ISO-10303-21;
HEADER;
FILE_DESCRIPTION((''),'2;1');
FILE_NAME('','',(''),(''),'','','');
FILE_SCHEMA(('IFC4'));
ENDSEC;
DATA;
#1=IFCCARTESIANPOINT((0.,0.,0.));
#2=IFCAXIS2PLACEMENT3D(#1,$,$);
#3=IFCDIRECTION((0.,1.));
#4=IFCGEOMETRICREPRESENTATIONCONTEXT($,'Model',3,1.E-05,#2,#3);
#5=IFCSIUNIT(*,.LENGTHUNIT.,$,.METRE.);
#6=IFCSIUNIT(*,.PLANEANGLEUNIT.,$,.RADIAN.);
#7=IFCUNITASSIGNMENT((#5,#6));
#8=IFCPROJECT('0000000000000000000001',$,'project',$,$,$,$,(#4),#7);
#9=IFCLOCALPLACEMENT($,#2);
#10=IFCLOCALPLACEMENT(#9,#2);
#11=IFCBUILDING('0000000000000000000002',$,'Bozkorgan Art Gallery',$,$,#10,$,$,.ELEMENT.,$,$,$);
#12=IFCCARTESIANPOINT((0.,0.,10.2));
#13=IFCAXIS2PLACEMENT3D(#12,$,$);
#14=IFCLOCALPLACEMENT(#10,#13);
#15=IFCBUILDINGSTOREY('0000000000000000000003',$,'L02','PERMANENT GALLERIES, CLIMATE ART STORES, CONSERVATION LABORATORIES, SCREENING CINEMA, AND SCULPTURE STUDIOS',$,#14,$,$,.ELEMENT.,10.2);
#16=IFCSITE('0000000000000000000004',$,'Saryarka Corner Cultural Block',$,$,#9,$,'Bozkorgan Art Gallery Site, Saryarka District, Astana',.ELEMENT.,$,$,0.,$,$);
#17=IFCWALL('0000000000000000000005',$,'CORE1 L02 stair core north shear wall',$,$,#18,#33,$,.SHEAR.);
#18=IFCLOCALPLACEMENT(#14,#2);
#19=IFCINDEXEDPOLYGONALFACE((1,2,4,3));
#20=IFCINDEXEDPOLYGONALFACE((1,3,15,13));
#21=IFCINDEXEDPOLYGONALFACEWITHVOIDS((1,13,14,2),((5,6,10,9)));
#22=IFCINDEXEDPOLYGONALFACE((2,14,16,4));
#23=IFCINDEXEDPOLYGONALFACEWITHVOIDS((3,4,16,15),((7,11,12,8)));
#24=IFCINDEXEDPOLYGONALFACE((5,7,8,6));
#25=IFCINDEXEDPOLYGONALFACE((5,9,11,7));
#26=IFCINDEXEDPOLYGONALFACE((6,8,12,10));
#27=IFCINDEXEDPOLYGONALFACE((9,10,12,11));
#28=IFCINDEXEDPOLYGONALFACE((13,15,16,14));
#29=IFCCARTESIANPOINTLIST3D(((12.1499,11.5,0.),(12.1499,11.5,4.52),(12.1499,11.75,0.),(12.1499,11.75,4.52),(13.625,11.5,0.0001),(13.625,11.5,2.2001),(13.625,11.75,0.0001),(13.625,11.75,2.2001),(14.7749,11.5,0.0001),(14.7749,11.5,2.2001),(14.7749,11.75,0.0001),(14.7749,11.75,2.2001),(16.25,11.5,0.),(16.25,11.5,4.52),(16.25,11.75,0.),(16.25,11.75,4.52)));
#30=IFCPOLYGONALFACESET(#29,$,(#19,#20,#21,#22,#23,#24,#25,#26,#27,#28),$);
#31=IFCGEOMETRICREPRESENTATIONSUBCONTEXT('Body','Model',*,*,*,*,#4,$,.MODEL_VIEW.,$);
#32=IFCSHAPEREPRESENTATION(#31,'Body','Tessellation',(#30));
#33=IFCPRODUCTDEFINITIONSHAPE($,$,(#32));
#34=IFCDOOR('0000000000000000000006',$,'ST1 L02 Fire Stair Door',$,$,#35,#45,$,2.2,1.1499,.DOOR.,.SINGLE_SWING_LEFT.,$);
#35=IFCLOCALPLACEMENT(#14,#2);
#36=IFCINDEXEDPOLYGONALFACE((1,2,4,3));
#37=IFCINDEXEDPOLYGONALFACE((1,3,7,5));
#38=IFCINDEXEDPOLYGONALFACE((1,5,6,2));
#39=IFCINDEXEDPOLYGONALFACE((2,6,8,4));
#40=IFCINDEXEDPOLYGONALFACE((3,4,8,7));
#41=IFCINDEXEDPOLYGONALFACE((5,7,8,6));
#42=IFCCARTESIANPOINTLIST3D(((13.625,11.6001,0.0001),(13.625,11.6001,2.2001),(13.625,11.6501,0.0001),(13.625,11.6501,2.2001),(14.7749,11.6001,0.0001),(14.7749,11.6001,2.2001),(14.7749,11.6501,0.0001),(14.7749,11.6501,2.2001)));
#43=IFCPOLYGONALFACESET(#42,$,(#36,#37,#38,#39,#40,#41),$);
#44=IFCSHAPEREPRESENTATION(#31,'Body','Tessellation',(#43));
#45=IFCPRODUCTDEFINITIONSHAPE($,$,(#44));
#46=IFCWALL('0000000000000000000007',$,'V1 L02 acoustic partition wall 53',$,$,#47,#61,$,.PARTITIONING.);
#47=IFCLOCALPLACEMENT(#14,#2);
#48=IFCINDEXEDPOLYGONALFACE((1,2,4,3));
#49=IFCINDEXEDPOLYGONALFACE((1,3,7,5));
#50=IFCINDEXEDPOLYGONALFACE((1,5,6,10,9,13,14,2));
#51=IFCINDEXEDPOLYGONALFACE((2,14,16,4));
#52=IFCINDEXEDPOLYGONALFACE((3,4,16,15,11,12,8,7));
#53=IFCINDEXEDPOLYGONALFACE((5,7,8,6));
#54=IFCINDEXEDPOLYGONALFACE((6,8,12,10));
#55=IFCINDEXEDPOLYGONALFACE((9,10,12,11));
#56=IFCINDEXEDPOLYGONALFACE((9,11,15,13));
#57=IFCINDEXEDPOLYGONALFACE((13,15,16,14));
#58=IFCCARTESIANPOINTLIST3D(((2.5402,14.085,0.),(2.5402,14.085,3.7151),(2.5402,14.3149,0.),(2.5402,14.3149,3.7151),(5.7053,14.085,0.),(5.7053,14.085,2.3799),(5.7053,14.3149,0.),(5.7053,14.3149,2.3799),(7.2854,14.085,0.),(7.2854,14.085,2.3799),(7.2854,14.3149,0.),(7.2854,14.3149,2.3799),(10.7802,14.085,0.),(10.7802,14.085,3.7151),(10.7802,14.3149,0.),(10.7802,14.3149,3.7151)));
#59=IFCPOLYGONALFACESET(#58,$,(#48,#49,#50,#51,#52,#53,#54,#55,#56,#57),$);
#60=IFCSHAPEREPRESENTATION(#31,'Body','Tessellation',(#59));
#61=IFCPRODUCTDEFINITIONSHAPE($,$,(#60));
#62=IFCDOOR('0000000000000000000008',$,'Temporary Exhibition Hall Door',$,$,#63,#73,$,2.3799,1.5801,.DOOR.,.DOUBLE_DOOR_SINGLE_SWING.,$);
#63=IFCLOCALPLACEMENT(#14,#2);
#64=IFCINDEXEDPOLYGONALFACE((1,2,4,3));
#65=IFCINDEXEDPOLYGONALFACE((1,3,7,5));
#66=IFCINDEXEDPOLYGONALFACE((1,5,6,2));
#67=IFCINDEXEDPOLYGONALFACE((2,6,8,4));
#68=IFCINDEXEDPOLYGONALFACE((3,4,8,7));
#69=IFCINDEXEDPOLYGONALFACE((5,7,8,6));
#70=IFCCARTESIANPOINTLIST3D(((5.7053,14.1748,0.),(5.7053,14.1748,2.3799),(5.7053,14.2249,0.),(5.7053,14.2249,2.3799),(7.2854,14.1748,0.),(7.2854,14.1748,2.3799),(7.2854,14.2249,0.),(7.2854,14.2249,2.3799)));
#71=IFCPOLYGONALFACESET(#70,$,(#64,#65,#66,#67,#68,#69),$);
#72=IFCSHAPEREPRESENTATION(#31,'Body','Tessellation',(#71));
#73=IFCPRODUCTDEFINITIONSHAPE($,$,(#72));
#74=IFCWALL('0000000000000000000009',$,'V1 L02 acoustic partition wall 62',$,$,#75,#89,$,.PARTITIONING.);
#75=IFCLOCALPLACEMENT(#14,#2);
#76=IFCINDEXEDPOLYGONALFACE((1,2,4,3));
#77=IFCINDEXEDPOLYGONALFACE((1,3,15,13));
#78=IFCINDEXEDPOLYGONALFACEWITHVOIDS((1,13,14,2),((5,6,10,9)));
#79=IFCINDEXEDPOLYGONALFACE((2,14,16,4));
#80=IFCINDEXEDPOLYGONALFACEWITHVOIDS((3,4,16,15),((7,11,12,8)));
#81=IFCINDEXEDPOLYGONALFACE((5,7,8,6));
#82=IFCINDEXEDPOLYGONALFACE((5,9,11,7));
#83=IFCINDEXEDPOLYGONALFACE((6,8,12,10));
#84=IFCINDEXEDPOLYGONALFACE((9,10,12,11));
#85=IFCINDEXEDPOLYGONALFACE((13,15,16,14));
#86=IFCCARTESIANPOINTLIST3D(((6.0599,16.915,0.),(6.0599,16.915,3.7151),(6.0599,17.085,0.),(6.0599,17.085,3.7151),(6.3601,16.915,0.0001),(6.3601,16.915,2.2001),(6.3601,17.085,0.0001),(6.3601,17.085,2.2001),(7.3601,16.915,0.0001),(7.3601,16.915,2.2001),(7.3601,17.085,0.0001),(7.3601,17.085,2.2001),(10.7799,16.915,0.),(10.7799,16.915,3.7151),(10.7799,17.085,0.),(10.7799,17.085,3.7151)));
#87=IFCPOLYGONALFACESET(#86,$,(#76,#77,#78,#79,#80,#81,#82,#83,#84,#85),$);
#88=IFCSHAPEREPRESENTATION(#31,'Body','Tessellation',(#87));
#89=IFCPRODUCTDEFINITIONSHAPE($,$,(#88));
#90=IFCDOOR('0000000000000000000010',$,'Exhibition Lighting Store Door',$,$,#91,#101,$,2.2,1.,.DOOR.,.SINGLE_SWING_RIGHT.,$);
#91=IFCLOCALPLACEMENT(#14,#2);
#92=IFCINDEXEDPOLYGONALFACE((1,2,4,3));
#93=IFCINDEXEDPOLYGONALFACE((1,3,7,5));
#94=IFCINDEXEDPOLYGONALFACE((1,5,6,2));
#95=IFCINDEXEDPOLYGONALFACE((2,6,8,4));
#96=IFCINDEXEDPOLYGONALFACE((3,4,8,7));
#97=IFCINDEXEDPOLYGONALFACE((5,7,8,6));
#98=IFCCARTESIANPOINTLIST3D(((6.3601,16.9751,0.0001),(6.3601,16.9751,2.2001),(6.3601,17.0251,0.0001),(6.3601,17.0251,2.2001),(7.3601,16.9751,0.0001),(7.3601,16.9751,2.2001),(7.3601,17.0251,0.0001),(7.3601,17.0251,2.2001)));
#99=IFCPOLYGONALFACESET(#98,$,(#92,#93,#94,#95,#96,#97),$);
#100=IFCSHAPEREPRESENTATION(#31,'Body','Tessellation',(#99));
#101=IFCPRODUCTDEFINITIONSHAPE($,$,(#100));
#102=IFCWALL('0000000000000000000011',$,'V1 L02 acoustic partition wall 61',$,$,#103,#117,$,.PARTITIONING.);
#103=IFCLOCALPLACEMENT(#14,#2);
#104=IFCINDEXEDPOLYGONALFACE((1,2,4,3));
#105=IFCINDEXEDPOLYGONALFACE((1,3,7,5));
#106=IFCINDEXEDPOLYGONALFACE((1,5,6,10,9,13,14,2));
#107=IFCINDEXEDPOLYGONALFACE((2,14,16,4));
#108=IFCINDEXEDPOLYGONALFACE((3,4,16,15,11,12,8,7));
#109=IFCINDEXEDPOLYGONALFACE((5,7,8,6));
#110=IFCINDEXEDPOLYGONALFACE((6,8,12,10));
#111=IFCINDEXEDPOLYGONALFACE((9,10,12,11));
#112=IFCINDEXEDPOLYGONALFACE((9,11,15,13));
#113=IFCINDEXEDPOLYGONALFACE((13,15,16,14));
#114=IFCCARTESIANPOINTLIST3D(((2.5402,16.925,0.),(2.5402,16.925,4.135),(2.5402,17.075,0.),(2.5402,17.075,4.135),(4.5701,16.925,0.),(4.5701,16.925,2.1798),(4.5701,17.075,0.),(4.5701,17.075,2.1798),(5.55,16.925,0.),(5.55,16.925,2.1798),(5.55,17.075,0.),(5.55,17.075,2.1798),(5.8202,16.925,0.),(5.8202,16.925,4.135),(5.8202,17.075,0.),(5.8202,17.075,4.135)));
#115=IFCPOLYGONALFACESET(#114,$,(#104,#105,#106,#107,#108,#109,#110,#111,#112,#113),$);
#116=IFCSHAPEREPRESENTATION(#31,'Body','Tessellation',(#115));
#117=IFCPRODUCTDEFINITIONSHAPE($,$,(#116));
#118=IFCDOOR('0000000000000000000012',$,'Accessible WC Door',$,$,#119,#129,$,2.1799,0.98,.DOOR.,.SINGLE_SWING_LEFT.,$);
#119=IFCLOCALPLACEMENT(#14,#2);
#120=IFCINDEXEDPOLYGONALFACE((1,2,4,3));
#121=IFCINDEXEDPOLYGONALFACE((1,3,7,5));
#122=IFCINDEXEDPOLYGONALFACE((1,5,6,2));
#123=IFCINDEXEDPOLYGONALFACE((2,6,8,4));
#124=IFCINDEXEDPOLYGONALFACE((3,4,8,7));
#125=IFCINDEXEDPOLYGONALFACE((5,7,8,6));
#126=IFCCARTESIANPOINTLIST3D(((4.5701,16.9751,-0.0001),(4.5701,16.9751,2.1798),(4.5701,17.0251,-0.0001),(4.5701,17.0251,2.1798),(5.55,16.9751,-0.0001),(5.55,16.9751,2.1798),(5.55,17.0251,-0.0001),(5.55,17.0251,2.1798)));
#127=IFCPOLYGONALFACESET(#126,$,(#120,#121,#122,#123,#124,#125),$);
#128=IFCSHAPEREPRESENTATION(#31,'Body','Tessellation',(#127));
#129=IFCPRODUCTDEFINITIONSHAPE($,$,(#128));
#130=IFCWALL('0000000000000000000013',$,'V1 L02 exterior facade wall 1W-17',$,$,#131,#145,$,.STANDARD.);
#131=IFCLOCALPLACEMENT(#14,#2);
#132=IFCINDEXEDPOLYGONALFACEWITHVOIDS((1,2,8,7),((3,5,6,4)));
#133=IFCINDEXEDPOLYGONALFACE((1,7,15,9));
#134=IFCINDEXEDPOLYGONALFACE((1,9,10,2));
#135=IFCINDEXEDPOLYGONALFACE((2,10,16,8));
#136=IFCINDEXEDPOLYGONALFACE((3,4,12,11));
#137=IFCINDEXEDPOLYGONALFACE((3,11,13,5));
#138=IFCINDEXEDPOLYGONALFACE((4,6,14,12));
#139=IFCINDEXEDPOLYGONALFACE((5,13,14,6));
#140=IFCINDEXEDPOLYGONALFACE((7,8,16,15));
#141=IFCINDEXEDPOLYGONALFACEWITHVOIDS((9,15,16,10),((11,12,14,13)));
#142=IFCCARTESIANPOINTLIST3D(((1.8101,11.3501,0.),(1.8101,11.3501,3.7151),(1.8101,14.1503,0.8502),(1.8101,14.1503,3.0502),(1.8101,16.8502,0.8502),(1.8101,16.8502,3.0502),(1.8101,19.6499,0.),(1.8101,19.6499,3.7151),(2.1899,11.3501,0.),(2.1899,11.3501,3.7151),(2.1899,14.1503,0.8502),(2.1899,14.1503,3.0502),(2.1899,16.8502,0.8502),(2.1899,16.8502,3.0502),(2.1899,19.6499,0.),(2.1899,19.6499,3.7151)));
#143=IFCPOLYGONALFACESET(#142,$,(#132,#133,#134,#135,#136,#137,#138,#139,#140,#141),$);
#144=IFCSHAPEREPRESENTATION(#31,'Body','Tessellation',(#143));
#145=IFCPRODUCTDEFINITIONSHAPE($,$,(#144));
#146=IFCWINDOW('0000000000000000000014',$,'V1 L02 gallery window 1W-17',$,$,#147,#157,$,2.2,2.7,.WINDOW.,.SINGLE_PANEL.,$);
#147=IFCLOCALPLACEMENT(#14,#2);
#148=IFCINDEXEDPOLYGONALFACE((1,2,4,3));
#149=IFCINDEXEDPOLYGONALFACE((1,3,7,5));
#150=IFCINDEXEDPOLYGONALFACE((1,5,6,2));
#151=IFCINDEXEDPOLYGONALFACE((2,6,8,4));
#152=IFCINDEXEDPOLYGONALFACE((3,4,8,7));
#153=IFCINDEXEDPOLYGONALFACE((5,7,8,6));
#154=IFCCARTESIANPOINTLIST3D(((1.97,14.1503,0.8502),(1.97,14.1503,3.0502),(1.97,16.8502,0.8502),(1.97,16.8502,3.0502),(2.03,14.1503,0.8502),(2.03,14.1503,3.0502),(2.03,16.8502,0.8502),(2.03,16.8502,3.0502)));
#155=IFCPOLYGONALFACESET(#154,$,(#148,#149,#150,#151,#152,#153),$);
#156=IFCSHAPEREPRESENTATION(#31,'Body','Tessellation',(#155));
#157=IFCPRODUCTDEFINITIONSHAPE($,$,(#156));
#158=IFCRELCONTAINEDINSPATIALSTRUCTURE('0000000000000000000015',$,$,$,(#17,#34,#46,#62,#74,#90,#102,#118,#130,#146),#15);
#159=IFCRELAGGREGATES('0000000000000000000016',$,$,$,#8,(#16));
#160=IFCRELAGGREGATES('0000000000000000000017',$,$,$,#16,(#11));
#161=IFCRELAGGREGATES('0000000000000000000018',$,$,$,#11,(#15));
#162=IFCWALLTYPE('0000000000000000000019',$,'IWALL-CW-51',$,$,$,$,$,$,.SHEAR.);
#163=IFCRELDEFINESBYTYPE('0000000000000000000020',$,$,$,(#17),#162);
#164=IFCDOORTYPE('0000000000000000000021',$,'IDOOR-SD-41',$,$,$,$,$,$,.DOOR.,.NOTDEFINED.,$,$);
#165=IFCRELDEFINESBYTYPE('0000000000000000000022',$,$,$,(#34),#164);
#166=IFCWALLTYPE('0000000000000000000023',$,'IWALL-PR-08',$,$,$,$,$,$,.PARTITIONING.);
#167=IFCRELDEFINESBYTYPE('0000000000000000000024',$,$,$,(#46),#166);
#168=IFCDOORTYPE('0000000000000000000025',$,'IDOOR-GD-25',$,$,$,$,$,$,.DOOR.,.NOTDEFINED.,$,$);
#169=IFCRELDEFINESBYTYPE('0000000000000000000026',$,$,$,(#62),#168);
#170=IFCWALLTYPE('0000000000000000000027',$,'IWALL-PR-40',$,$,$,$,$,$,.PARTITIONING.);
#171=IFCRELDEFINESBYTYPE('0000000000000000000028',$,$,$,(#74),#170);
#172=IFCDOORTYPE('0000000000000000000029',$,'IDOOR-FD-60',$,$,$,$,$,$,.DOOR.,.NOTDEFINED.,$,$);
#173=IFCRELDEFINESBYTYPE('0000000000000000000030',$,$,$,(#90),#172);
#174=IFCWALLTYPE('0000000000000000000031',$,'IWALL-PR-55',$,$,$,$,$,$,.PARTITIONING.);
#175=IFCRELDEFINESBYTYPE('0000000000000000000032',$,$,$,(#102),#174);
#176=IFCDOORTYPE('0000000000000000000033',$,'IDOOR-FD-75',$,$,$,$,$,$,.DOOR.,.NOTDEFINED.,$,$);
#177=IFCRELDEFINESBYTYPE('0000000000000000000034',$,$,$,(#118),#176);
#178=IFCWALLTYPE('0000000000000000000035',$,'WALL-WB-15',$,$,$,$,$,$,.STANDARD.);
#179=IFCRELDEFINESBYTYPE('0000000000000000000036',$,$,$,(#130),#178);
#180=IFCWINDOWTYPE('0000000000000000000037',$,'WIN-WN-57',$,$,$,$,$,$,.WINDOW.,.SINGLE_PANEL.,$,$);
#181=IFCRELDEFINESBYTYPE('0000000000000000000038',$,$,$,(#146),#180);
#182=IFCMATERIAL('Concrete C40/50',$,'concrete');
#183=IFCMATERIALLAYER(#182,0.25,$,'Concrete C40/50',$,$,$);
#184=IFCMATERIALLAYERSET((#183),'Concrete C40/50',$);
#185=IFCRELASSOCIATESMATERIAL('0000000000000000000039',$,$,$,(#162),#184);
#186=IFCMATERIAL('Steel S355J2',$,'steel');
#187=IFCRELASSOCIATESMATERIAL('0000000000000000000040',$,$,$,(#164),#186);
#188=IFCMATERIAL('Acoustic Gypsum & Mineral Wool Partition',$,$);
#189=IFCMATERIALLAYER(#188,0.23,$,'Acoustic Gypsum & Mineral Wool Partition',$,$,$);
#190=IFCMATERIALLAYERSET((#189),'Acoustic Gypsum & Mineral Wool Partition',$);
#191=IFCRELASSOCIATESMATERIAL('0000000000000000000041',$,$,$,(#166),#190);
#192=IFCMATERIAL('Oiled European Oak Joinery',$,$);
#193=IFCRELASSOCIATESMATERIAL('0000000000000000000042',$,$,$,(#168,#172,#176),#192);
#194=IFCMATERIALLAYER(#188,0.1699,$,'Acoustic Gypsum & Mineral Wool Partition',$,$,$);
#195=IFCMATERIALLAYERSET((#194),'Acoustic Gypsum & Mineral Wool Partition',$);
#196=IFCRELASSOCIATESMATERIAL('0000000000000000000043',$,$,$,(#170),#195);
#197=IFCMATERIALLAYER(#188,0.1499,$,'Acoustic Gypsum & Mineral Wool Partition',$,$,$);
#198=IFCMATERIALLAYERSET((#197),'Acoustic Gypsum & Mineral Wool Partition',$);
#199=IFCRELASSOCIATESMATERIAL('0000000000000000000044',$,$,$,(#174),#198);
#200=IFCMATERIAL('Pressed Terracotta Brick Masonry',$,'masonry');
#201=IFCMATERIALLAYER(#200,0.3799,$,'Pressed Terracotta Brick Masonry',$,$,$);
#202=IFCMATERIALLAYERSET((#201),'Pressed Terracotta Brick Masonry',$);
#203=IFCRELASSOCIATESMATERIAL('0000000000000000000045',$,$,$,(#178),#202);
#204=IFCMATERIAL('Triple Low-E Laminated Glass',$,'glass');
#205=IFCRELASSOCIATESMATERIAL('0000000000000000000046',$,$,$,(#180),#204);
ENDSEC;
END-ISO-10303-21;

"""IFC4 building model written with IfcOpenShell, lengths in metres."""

from ifc_helpers import new_model, si_unit, direction, frame, frame_2d, origin, place, context, subcontext, project, spatial, rectangle, extrude, material, layer, layer_set, type_object, element, fill, save


model = new_model("IFC4")

# Units and contexts
model_context = context("Model", 3, precision=1e-05, world=origin(), true_north=direction((0.0, 1.0)))
body_context = subcontext(model_context, "Body", "Model", "MODEL_VIEW")
ifc_project = project(units=[si_unit("LENGTHUNIT", "METRE"), si_unit("PLANEANGLEUNIT", "RADIAN")], contexts=[model_context])

# Site, building, storey
site_placement = place(None, origin())
site = spatial("IfcSite", under=ifc_project, at=site_placement, Name="Saryarka Corner Cultural Block", LongName="Bozkorgan Art Gallery Site, Saryarka District, Astana", CompositionType="ELEMENT", RefElevation=0.0)
building_placement = place(site_placement, origin())
building = spatial("IfcBuilding", under=site, at=building_placement, Name="Bozkorgan Art Gallery", CompositionType="ELEMENT")
storey_placement = place(building_placement, frame((0.0, 0.0, 10.2)))
storey = spatial("IfcBuildingStorey", under=building, at=storey_placement, Name="L02", Description="PERMANENT GALLERIES, CLIMATE ART STORES, CONSERVATION LABORATORIES, SCREENING CINEMA, AND SCULPTURE STUDIOS", CompositionType="ELEMENT", Elevation=10.2)

# Shared definitions
ifc_material_1 = material(Name="Concrete C40/50", Category="concrete")

# Shared definitions
ifc_material_2 = material(Name="Steel S355J2", Category="steel")

# Walls, openings, doors
ifc_layer_1 = layer(ifc_material_1, 0.25, Name="Concrete C40/50")
ifc_layer_set_1 = layer_set([ifc_layer_1], Name="Concrete C40/50")
wall_type_1 = type_object("IfcWallType", Name="IWALL-CW-51", PredefinedType="SHEAR", material=ifc_layer_set_1)
wall_1_placement = place(storey_placement, frame((12.1499, 11.625, 0.0), z_axis=(0.0, 0.0, 1.0), x_axis=(1.0, 0.0, 0.0)))
wall_1 = element("IfcWall", 1, at=wall_1_placement, inside=storey, type_object=wall_type_1, Name="CORE1 L02 stair core north shear wall", PredefinedType="SHEAR", context=body_context, shape_type="SweptSolid", body=[
    extrude(rectangle(XDim=4.1001, YDim=0.25, at=frame_2d((2.05, 0.0))), origin(), (0.0, 0.0, 1.0), 4.52),
])
opening_1_placement = place(wall_1_placement, frame((2.625, 0.0, 0.0), z_axis=(0.0, 0.0, 1.0), x_axis=(-1.0, 0.0, 0.0)))
opening_1 = element("IfcOpeningElement", 2, at=opening_1_placement, cuts=wall_1, PredefinedType="OPENING", context=body_context, shape_type="SweptSolid", body=[
    extrude(rectangle(XDim=1.1499, YDim=2.2, at=frame_2d((0.575, 1.1001))), frame((0.0, 0.135, 0.0), z_axis=(0.0, -1.0, 0.0), x_axis=(1.0, 0.0, 0.0)), (0.0, 0.0, 1.0), 0.27),
])
door_type_1 = type_object("IfcDoorType", Name="IDOOR-SD-41", OperationType="NOTDEFINED", PredefinedType="DOOR", material=ifc_material_2)
door_1_placement = place(opening_1_placement, origin())
door_1 = element("IfcDoor", 3, at=door_1_placement, inside=storey, type_object=door_type_1, Name="ST1 L02 Fire Stair Door", OperationType="SINGLE_SWING_LEFT", OverallHeight=2.2, OverallWidth=1.1499, PredefinedType="DOOR", context=body_context, shape_type="SweptSolid", body=[
    extrude(rectangle(XDim=1.1499, YDim=2.2, at=frame_2d((0.575, 1.1001))), frame((0.0, 0.0249, 0.0), z_axis=(0.0, -1.0, 0.0), x_axis=(1.0, 0.0, 0.0)), (0.0, 0.0, 1.0), 0.05),
])
fill(opening_1, door_1)
ifc_material_3 = material(Name="Acoustic Gypsum & Mineral Wool Partition")
ifc_layer_2 = layer(ifc_material_3, 0.23, Name="Acoustic Gypsum & Mineral Wool Partition")
ifc_layer_set_2 = layer_set([ifc_layer_2], Name="Acoustic Gypsum & Mineral Wool Partition")
wall_type_2 = type_object("IfcWallType", Name="IWALL-PR-08", PredefinedType="PARTITIONING", material=ifc_layer_set_2)
wall_2_placement = place(storey_placement, frame((2.54, 14.2, 0.0), z_axis=(0.0, 0.0, 1.0), x_axis=(1.0, 0.0, 0.0)))
wall_2 = element("IfcWall", 4, at=wall_2_placement, inside=storey, type_object=wall_type_2, Name="V1 L02 acoustic partition wall 53", PredefinedType="PARTITIONING", context=body_context, shape_type="SweptSolid", body=[
    extrude(rectangle(XDim=8.24, YDim=0.23, at=frame_2d((4.1201, 0.0))), origin(), (0.0, 0.0, 1.0), 3.7151),
])
opening_2_placement = place(wall_2_placement, frame((3.1653, 0.0, 0.0)))
opening_2 = element("IfcOpeningElement", 5, at=opening_2_placement, cuts=wall_2, PredefinedType="OPENING", context=body_context, shape_type="SweptSolid", body=[
    extrude(rectangle(XDim=1.5801, YDim=2.3799, at=frame_2d((0.79, 1.1899))), frame((0.0, 0.125, 0.0), z_axis=(0.0, -1.0, 0.0), x_axis=(1.0, 0.0, 0.0)), (0.0, 0.0, 1.0), 0.25),
])
ifc_material_4 = material(Name="Oiled European Oak Joinery")
door_type_2 = type_object("IfcDoorType", Name="IDOOR-GD-25", OperationType="NOTDEFINED", PredefinedType="DOOR", material=ifc_material_4)
door_2_placement = place(opening_2_placement, origin())
door_2 = element("IfcDoor", 6, at=door_2_placement, inside=storey, type_object=door_type_2, Name="Temporary Exhibition Hall Door", OperationType="DOUBLE_DOOR_SINGLE_SWING", OverallHeight=2.3799, OverallWidth=1.5801, PredefinedType="DOOR", context=body_context, shape_type="SweptSolid", body=[
    extrude(rectangle(XDim=1.5801, YDim=2.3799, at=frame_2d((0.79, 1.1899))), frame((0.0, 0.0249, 0.0), z_axis=(0.0, -1.0, 0.0), x_axis=(1.0, 0.0, 0.0)), (0.0, 0.0, 1.0), 0.05),
])
fill(opening_2, door_2)
ifc_layer_3 = layer(ifc_material_3, 0.1699, Name="Acoustic Gypsum & Mineral Wool Partition")
ifc_layer_set_3 = layer_set([ifc_layer_3], Name="Acoustic Gypsum & Mineral Wool Partition")
wall_type_3 = type_object("IfcWallType", Name="IWALL-PR-40", PredefinedType="PARTITIONING", material=ifc_layer_set_3)
wall_3_placement = place(storey_placement, frame((6.0601, 17.0, 0.0), z_axis=(0.0, 0.0, 1.0), x_axis=(1.0, 0.0, 0.0)))
wall_3 = element("IfcWall", 7, at=wall_3_placement, inside=storey, type_object=wall_type_3, Name="V1 L02 acoustic partition wall 62", PredefinedType="PARTITIONING", context=body_context, shape_type="SweptSolid", body=[
    extrude(rectangle(XDim=4.72, YDim=0.1699, at=frame_2d((2.3599, 0.0))), origin(), (0.0, 0.0, 1.0), 3.7151),
])
opening_3_placement = place(wall_3_placement, frame((1.3, 0.0, 0.0), z_axis=(0.0, 0.0, 1.0), x_axis=(-1.0, 0.0, 0.0)))
opening_3 = element("IfcOpeningElement", 8, at=opening_3_placement, cuts=wall_3, PredefinedType="OPENING", context=body_context, shape_type="SweptSolid", body=[
    extrude(rectangle(XDim=1.0, YDim=2.2, at=frame_2d((0.5, 1.1001))), frame((0.0, 0.095, 0.0), z_axis=(0.0, -1.0, 0.0), x_axis=(1.0, 0.0, 0.0)), (0.0, 0.0, 1.0), 0.1899),
])
door_type_3 = type_object("IfcDoorType", Name="IDOOR-FD-60", OperationType="NOTDEFINED", PredefinedType="DOOR", material=ifc_material_4)
door_3_placement = place(opening_3_placement, origin())
door_3 = element("IfcDoor", 9, at=door_3_placement, inside=storey, type_object=door_type_3, Name="Exhibition Lighting Store Door", OperationType="SINGLE_SWING_RIGHT", OverallHeight=2.2, OverallWidth=1.0, PredefinedType="DOOR", context=body_context, shape_type="SweptSolid", body=[
    extrude(rectangle(XDim=1.0, YDim=2.2, at=frame_2d((0.5, 1.1001))), frame((0.0, 0.0249, 0.0), z_axis=(0.0, -1.0, 0.0), x_axis=(1.0, 0.0, 0.0)), (0.0, 0.0, 1.0), 0.05),
])
fill(opening_3, door_3)
ifc_layer_4 = layer(ifc_material_3, 0.1499, Name="Acoustic Gypsum & Mineral Wool Partition")
ifc_layer_set_4 = layer_set([ifc_layer_4], Name="Acoustic Gypsum & Mineral Wool Partition")
wall_type_4 = type_object("IfcWallType", Name="IWALL-PR-55", PredefinedType="PARTITIONING", material=ifc_layer_set_4)
wall_4_placement = place(storey_placement, frame((2.54, 17.0, 0.0), z_axis=(0.0, 0.0, 1.0), x_axis=(1.0, 0.0, 0.0)))
wall_4 = element("IfcWall", 10, at=wall_4_placement, inside=storey, type_object=wall_type_4, Name="V1 L02 acoustic partition wall 61", PredefinedType="PARTITIONING", context=body_context, shape_type="SweptSolid", body=[
    extrude(rectangle(XDim=3.28, YDim=0.1499, at=frame_2d((1.6401, 0.0))), origin(), (0.0, 0.0, 1.0), 4.135),
])
opening_4_placement = place(wall_4_placement, frame((3.01, 0.0, 0.0), z_axis=(0.0, 0.0, 1.0), x_axis=(-1.0, 0.0, 0.0)))
opening_4 = element("IfcOpeningElement", 11, at=opening_4_placement, cuts=wall_4, PredefinedType="OPENING", context=body_context, shape_type="SweptSolid", body=[
    extrude(rectangle(XDim=0.98, YDim=2.1799, at=frame_2d((0.49, 1.0898))), frame((0.0, 0.085, 0.0), z_axis=(0.0, -1.0, 0.0), x_axis=(1.0, 0.0, 0.0)), (0.0, 0.0, 1.0), 0.1699),
])
door_type_4 = type_object("IfcDoorType", Name="IDOOR-FD-75", OperationType="NOTDEFINED", PredefinedType="DOOR", material=ifc_material_4)
door_4_placement = place(opening_4_placement, origin())
door_4 = element("IfcDoor", 12, at=door_4_placement, inside=storey, type_object=door_type_4, Name="Accessible WC Door", OperationType="SINGLE_SWING_LEFT", OverallHeight=2.1799, OverallWidth=0.98, PredefinedType="DOOR", context=body_context, shape_type="SweptSolid", body=[
    extrude(rectangle(XDim=0.98, YDim=2.1799, at=frame_2d((0.49, 1.0898))), frame((0.0, 0.0249, 0.0), z_axis=(0.0, -1.0, 0.0), x_axis=(1.0, 0.0, 0.0)), (0.0, 0.0, 1.0), 0.05),
])
fill(opening_4, door_4)

# Wall, opening, window
ifc_material_5 = material(Name="Pressed Terracotta Brick Masonry", Category="masonry")
ifc_layer_5 = layer(ifc_material_5, 0.3799, Name="Pressed Terracotta Brick Masonry")
ifc_layer_set_5 = layer_set([ifc_layer_5], Name="Pressed Terracotta Brick Masonry")
wall_type_5 = type_object("IfcWallType", Name="WALL-WB-15", PredefinedType="STANDARD", material=ifc_layer_set_5)
wall_5_placement = place(storey_placement, frame((2.0, 11.3501, 0.0), z_axis=(0.0, 0.0, 1.0), x_axis=(0.0, 1.0, 0.0)))
wall_5 = element("IfcWall", 13, at=wall_5_placement, inside=storey, type_object=wall_type_5, Name="V1 L02 exterior facade wall 1W-17", PredefinedType="STANDARD", context=body_context, shape_type="SweptSolid", body=[
    extrude(rectangle(XDim=8.2998, YDim=0.3799, at=frame_2d((4.1499, 0.0))), origin(), (0.0, 0.0, 1.0), 3.7151),
])
opening_5_placement = place(wall_5_placement, frame((2.8, 0.0, 0.8501)))
opening_5 = element("IfcOpeningElement", 14, at=opening_5_placement, cuts=wall_5, PredefinedType="OPENING", context=body_context, shape_type="SweptSolid", body=[
    extrude(rectangle(XDim=2.7, YDim=2.2, at=frame_2d((1.3501, 1.1001))), frame((0.0, 0.2, 0.0), z_axis=(0.0, -1.0, 0.0), x_axis=(1.0, 0.0, 0.0)), (0.0, 0.0, 1.0), 0.3999),
])
ifc_material_6 = material(Name="Triple Low-E Laminated Glass", Category="glass")
window_type = type_object("IfcWindowType", Name="WIN-WN-57", PartitioningType="SINGLE_PANEL", PredefinedType="WINDOW", material=ifc_material_6)
window_placement = place(opening_5_placement, origin())
window = element("IfcWindow", 15, at=window_placement, inside=storey, type_object=window_type, Name="V1 L02 gallery window 1W-17", OverallHeight=2.2, OverallWidth=2.7, PartitioningType="SINGLE_PANEL", PredefinedType="WINDOW", context=body_context, shape_type="SweptSolid", body=[
    extrude(rectangle(XDim=2.7, YDim=2.2, at=frame_2d((1.3501, 1.1001))), frame((0.0, 0.03, 0.0), z_axis=(0.0, -1.0, 0.0), x_axis=(1.0, 0.0, 0.0)), (0.0, 0.0, 1.0), 0.0601),
])
fill(opening_5, window)

save(model, "model.ifc")
